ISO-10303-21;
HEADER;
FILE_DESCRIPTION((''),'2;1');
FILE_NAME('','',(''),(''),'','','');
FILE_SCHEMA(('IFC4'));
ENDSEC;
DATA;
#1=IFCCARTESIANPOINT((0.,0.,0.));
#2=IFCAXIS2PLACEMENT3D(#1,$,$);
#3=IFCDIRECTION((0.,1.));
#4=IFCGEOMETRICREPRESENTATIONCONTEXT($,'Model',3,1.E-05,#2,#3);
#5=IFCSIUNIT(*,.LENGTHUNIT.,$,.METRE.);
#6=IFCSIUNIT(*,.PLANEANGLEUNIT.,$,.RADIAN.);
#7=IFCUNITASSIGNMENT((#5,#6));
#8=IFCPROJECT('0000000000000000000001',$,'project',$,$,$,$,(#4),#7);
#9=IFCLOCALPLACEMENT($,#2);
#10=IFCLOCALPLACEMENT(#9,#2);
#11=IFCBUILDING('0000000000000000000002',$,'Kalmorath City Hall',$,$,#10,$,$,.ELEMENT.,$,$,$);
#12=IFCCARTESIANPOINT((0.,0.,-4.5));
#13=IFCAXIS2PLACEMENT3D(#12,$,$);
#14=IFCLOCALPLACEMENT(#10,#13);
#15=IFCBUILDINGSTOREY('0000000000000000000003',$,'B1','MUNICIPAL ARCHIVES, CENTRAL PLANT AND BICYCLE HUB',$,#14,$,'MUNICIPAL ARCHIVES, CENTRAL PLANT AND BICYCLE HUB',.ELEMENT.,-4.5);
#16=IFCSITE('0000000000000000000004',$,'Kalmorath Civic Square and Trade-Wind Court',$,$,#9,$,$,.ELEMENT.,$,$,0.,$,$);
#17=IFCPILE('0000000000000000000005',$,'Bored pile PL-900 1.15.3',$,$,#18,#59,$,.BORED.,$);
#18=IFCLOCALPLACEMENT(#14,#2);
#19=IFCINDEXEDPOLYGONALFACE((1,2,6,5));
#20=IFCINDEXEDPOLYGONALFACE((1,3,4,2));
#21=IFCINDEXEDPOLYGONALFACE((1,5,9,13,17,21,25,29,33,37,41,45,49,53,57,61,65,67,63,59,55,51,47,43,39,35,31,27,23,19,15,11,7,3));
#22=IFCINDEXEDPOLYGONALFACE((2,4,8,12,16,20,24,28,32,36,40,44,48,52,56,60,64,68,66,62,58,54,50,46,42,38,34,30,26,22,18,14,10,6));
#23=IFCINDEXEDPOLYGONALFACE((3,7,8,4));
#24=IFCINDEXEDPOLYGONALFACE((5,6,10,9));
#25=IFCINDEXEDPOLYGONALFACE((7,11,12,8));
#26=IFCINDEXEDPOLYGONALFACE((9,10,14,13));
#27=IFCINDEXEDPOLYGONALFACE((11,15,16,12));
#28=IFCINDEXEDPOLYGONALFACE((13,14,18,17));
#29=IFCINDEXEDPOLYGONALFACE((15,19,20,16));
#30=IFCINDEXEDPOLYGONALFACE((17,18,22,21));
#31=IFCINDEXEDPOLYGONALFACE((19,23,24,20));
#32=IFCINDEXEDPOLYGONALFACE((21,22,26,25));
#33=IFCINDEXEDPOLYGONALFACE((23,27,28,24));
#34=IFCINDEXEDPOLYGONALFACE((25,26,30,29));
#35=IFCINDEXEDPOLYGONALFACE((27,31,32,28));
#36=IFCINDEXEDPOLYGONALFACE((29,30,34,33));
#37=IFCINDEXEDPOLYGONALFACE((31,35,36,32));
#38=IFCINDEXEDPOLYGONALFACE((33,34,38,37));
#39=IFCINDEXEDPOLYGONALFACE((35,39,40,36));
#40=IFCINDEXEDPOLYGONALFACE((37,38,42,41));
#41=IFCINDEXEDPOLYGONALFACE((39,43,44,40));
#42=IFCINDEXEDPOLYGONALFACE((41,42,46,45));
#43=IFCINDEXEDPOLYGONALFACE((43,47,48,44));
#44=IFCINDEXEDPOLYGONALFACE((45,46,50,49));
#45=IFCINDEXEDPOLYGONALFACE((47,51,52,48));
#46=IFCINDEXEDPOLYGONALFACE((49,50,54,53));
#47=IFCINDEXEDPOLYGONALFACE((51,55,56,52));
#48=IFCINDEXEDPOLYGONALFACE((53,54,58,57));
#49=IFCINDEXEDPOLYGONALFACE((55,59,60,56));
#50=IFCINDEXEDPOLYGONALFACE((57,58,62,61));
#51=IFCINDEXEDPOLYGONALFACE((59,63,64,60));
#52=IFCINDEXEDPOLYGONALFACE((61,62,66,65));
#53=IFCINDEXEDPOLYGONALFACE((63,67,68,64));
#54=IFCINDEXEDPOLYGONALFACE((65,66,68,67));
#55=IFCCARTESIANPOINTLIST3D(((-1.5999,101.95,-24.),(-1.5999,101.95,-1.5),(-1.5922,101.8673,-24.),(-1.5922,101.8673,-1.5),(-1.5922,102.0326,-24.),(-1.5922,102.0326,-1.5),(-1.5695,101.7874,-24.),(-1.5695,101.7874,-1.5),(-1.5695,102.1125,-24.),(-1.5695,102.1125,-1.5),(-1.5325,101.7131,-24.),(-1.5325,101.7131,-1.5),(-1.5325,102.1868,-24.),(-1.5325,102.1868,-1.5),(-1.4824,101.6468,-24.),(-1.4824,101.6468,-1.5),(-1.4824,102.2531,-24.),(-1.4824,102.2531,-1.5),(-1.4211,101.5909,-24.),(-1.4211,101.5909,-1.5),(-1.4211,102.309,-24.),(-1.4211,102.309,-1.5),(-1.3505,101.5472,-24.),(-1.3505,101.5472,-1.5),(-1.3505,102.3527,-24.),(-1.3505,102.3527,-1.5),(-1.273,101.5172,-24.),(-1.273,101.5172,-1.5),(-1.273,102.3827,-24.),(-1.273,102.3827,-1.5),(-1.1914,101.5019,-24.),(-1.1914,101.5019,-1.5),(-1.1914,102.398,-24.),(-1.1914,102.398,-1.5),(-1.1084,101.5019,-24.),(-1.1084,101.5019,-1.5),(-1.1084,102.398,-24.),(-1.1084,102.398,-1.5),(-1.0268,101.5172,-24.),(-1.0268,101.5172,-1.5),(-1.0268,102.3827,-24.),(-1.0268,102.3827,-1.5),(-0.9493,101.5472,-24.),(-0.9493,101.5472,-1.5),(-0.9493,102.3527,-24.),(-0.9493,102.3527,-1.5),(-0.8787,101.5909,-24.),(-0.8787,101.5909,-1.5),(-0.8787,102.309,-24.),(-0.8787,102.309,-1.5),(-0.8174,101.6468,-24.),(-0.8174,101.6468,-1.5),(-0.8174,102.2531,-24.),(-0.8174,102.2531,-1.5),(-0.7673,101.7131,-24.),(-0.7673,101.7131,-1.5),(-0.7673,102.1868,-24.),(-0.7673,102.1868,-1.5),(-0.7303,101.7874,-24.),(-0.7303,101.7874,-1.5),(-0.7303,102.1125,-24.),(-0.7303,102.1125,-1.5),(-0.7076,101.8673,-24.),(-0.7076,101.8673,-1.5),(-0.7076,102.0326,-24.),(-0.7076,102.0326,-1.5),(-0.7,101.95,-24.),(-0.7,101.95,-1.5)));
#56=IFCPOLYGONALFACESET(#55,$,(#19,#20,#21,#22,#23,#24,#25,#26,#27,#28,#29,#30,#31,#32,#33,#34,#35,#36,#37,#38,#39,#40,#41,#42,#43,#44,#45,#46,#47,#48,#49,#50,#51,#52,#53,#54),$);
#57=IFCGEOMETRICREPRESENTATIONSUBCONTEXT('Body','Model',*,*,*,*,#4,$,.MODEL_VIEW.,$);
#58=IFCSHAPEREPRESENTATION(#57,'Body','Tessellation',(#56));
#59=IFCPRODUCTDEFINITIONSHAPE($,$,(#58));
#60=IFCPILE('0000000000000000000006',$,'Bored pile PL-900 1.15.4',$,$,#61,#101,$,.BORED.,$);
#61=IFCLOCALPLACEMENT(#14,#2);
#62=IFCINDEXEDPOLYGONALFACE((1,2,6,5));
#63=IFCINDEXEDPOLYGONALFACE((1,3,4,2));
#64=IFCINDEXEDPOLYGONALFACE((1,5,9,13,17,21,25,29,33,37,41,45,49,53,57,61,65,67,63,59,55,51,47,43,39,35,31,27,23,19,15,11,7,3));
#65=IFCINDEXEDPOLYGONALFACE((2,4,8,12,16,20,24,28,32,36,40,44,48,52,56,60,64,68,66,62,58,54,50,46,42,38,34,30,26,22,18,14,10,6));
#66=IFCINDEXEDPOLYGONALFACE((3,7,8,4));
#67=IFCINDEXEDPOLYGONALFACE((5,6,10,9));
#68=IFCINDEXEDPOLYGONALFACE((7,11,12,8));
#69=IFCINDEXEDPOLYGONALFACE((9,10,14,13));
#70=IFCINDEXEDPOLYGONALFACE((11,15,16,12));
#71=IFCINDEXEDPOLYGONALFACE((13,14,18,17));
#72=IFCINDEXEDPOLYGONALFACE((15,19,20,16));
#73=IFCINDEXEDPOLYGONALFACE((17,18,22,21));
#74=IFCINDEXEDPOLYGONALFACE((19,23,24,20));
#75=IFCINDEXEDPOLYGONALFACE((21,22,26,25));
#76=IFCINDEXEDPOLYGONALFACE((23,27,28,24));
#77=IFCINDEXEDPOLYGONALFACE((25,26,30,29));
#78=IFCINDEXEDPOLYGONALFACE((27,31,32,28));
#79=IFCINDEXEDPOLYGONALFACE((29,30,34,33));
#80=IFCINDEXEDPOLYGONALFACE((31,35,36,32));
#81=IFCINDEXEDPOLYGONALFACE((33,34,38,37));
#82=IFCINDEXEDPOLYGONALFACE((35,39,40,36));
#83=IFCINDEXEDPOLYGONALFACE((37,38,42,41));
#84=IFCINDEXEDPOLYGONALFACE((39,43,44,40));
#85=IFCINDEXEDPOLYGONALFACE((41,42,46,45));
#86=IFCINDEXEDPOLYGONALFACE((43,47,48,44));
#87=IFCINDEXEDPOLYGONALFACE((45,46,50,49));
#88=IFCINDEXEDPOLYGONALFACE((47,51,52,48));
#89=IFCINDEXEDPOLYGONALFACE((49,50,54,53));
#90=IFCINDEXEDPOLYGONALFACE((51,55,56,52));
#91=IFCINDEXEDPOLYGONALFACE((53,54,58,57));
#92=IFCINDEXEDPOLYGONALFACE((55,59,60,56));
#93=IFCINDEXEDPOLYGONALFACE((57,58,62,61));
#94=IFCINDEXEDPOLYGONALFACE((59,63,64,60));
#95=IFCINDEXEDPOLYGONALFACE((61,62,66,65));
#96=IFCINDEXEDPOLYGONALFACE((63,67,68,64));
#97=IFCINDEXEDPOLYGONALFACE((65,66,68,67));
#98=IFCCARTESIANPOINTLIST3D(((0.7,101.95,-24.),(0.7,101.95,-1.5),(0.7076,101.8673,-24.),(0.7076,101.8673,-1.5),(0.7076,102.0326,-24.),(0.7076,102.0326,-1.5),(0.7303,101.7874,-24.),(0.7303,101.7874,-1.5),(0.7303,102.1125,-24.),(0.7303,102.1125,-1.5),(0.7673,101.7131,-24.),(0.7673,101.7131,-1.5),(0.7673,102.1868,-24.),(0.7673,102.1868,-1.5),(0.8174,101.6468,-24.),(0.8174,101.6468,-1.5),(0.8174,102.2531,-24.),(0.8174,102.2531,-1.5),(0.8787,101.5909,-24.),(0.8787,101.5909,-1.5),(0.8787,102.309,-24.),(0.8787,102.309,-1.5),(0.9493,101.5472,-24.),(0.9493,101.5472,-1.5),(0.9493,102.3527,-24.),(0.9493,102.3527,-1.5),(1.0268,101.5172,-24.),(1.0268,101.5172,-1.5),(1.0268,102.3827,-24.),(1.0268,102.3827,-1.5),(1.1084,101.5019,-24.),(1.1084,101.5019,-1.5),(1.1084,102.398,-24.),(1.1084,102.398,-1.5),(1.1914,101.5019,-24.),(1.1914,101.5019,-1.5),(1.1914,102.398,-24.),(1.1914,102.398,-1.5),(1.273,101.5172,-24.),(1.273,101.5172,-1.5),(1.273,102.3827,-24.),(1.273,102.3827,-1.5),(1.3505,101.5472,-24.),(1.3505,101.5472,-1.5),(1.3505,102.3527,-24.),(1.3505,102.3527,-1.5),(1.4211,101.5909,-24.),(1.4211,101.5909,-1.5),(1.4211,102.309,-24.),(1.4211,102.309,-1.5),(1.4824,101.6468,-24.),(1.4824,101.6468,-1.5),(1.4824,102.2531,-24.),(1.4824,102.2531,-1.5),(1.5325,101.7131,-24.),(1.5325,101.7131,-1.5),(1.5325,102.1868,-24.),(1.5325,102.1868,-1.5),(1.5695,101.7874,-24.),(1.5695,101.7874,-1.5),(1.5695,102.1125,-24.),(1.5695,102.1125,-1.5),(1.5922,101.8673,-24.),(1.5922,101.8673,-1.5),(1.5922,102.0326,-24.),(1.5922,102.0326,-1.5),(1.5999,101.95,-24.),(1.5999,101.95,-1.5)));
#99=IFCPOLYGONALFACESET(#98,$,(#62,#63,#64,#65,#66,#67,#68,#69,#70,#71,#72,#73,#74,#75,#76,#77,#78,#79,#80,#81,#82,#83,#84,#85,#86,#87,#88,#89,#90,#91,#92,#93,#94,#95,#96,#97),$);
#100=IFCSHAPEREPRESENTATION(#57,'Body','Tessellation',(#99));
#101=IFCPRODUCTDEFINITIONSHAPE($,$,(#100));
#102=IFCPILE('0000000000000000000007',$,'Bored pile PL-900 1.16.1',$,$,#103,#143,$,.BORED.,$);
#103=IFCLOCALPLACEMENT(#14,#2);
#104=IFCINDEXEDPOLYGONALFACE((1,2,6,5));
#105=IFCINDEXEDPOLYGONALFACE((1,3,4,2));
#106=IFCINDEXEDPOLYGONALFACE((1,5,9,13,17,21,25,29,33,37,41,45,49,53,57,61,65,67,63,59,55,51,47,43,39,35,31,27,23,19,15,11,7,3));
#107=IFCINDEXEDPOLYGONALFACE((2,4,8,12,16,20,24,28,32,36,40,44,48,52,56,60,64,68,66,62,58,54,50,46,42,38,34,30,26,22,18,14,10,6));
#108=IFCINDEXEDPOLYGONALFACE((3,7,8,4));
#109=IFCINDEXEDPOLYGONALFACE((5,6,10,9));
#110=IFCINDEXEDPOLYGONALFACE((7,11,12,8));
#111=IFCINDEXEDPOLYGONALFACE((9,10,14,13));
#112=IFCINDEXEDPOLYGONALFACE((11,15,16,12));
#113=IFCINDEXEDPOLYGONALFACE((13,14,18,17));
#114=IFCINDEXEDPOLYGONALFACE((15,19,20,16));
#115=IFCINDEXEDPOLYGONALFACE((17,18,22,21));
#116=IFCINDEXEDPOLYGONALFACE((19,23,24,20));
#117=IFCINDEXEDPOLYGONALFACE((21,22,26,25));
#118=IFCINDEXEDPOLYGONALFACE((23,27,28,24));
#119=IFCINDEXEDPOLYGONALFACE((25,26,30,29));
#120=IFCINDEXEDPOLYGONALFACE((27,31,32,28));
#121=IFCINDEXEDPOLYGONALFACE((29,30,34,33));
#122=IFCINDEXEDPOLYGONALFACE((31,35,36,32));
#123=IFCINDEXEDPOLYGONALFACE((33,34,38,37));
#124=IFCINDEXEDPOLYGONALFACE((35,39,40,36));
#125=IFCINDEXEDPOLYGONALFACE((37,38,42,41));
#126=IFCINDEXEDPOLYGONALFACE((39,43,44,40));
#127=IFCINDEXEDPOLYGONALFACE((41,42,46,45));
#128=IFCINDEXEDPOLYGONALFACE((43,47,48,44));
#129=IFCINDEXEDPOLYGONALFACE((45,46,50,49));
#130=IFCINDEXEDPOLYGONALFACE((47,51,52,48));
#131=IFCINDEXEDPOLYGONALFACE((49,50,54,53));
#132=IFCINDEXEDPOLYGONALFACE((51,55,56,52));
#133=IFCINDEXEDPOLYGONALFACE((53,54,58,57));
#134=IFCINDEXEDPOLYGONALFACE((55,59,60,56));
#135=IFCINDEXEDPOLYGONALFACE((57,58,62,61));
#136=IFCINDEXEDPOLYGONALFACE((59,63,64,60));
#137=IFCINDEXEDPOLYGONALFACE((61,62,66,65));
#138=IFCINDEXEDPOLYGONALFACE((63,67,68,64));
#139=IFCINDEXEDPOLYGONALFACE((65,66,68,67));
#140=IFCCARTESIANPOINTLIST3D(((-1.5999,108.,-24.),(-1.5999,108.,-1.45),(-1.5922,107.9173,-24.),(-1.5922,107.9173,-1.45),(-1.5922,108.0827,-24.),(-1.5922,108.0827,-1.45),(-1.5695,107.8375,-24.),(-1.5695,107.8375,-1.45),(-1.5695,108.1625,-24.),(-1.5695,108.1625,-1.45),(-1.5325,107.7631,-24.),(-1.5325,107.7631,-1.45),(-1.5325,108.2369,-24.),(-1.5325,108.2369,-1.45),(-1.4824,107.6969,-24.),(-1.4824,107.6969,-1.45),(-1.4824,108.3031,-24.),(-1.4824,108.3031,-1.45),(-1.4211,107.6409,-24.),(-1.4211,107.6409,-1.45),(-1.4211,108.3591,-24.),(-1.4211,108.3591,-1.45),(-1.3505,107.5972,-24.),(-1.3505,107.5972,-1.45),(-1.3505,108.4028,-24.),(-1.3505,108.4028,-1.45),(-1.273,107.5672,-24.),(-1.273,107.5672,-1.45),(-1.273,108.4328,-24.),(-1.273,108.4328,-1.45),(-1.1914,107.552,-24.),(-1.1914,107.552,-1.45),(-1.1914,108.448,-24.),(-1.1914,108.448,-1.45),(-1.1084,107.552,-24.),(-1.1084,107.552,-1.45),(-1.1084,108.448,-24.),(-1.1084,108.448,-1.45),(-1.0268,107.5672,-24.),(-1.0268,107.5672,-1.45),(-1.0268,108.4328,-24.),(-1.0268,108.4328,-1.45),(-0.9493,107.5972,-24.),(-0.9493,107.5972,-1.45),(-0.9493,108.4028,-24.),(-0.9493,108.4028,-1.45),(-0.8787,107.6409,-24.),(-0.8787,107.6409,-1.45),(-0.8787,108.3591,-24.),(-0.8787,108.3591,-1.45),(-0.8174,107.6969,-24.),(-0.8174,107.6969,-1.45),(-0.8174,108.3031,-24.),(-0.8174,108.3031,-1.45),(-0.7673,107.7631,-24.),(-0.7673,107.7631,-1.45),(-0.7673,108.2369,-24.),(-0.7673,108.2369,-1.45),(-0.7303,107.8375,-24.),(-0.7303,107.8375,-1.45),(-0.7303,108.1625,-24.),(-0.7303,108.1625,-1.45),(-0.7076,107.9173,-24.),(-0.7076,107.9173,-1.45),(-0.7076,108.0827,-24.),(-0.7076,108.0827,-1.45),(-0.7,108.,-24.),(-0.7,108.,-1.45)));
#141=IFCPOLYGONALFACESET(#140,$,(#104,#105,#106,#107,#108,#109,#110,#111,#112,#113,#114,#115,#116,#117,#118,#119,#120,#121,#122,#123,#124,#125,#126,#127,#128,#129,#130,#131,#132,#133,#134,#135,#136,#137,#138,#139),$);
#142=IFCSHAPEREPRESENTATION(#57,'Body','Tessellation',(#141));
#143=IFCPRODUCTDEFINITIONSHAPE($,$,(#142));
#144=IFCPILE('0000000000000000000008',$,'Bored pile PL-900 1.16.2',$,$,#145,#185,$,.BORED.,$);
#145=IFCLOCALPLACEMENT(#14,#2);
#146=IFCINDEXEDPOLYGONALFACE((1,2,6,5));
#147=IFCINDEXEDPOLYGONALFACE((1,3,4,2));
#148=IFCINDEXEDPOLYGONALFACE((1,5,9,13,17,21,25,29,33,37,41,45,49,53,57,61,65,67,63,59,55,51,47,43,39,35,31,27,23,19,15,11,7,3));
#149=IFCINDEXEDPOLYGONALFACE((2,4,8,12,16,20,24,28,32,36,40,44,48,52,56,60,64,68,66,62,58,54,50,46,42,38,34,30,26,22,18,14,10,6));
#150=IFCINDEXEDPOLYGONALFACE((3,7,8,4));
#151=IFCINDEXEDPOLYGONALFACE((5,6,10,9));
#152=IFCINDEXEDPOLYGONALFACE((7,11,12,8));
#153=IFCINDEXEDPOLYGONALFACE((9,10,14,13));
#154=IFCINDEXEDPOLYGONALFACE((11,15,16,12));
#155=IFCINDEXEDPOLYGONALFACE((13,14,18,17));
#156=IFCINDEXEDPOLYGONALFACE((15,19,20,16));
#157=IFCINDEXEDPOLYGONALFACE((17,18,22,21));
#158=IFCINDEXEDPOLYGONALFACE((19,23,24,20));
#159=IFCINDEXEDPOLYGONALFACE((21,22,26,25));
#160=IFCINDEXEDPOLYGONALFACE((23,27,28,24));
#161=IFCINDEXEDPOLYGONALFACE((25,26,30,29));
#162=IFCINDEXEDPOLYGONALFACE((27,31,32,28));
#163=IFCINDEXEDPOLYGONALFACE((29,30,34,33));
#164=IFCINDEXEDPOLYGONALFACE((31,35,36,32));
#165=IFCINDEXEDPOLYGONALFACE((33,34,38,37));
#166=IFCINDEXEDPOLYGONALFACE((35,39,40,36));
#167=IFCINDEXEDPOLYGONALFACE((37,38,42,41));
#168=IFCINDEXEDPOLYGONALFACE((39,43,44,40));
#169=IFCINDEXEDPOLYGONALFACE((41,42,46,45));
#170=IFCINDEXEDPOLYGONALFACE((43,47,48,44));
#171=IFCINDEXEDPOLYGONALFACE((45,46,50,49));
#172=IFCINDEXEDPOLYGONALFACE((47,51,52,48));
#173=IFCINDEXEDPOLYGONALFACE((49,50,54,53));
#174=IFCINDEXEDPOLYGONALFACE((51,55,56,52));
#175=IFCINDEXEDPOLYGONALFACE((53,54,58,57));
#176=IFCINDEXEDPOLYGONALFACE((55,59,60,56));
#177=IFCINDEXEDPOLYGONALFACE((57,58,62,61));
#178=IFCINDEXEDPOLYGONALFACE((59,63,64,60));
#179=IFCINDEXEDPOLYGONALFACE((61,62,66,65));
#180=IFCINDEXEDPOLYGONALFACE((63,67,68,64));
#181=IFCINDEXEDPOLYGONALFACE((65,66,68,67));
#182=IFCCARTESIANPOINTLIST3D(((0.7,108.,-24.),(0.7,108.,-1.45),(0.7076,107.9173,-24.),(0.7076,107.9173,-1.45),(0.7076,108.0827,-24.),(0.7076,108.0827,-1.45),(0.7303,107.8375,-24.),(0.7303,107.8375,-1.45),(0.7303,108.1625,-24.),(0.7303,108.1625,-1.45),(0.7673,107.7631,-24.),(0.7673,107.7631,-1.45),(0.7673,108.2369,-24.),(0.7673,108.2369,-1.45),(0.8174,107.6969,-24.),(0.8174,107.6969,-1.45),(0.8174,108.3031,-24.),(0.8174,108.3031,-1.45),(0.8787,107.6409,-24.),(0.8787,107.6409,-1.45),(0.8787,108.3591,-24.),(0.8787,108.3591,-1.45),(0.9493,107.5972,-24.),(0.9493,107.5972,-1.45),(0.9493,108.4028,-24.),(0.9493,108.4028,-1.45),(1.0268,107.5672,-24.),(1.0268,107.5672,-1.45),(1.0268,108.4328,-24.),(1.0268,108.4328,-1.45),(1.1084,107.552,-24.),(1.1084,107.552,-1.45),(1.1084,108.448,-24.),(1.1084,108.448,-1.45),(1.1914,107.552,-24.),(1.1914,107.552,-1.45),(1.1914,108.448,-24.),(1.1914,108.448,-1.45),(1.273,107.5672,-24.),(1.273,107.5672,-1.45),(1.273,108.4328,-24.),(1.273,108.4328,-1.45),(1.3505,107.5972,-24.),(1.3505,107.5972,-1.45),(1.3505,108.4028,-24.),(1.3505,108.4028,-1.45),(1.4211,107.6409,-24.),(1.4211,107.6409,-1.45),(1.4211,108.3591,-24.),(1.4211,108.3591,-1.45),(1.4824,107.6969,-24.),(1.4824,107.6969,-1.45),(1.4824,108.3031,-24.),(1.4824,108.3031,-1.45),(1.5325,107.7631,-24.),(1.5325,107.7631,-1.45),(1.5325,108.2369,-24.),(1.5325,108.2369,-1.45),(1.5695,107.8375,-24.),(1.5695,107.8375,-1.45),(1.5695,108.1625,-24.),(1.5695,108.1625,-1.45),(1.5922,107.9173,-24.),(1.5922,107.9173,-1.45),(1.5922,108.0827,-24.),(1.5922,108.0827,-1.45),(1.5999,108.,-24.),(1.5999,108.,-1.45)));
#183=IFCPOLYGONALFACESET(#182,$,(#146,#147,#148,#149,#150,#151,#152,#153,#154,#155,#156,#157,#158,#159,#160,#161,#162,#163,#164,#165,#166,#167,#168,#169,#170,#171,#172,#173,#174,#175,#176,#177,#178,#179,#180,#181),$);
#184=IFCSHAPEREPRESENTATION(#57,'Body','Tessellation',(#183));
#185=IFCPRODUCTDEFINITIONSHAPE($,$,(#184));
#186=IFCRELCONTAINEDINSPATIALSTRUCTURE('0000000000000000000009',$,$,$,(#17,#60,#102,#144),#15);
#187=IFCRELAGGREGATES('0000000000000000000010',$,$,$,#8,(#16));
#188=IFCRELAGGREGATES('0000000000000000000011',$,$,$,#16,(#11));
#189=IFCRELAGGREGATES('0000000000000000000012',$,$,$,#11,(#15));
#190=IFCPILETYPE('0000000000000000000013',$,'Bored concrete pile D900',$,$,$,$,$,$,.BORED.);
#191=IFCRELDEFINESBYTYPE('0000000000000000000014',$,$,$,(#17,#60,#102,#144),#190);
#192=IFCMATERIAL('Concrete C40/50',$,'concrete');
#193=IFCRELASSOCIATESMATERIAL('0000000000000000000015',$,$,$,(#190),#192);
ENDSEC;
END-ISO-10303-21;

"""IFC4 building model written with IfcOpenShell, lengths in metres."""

from ifc_helpers import new_model, si_unit, direction, frame, origin, origin_2d, place, context, subcontext, project, spatial, circle, extrude, material, material_profile, profile_set, type_object, element, save


model = new_model("IFC4")

# Units and contexts
model_context = context("Model", 3, precision=1e-05, world=origin(), true_north=direction((0.0, 1.0)))
body_context = subcontext(model_context, "Body", "Model", "MODEL_VIEW")
ifc_project = project(units=[si_unit("LENGTHUNIT", "METRE"), si_unit("PLANEANGLEUNIT", "RADIAN")], contexts=[model_context])

# Site, building, storey
site_placement = place(None, origin())
site = spatial("IfcSite", under=ifc_project, at=site_placement, Name="Kalmorath Civic Square and Trade-Wind Court", CompositionType="ELEMENT", RefElevation=0.0)
building_placement = place(site_placement, origin())
building = spatial("IfcBuilding", under=site, at=building_placement, Name="Kalmorath City Hall", CompositionType="ELEMENT")
storey_placement = place(building_placement, frame((0.0, 0.0, -4.5)))
storey = spatial("IfcBuildingStorey", under=building, at=storey_placement, Name="B1", Description="MUNICIPAL ARCHIVES, CENTRAL PLANT AND BICYCLE HUB", LongName="MUNICIPAL ARCHIVES, CENTRAL PLANT AND BICYCLE HUB", CompositionType="ELEMENT", Elevation=-4.5)

# Piles
ifc_material_1 = material(Name="Concrete C40/50", Category="concrete")
ifc_material_profile_1 = material_profile(ifc_material_1, circle(Radius=0.45, at=origin_2d()), Name="PILE-D900")
ifc_profile_set_1 = profile_set([ifc_material_profile_1], Name="Concrete C40/50")
pile_type = type_object("IfcPileType", Name="Bored concrete pile D900", PredefinedType="BORED", material=ifc_profile_set_1)
for number, where, z_axis, x_axis, name in (
    (1, (-1.1499, 101.95, -1.5), (0.0, 0.0, -1.0), (1.0, 0.0, 0.0), "Bored pile PL-900 1.15.3"),
    (2, (1.1499, 101.95, -1.5), (0.0, 0.0, -1.0), (1.0, 0.0, 0.0), "Bored pile PL-900 1.15.4"),
):
    element("IfcPile", number, at=place(storey_placement, frame(where, z_axis=z_axis, x_axis=x_axis)), inside=storey, type_object=pile_type, Name=name, PredefinedType="BORED", context=body_context, shape_type="SweptSolid", body=[
        extrude(circle(Radius=0.45, at=origin_2d()), origin(), (0.0, 0.0, 1.0), 22.5),
    ])
for number, where, z_axis, x_axis, name in (
    (3, (-1.1499, 108.0, -1.45), (0.0, 0.0, -1.0), (1.0, 0.0, 0.0), "Bored pile PL-900 1.16.1"),
    (4, (1.1499, 108.0, -1.45), (0.0, 0.0, -1.0), (1.0, 0.0, 0.0), "Bored pile PL-900 1.16.2"),
):
    element("IfcPile", number, at=place(storey_placement, frame(where, z_axis=z_axis, x_axis=x_axis)), inside=storey, type_object=pile_type, Name=name, PredefinedType="BORED", context=body_context, shape_type="SweptSolid", body=[
        extrude(circle(Radius=0.45, at=origin_2d()), origin(), (0.0, 0.0, 1.0), 22.55),
    ])

save(model, "model.ifc")
